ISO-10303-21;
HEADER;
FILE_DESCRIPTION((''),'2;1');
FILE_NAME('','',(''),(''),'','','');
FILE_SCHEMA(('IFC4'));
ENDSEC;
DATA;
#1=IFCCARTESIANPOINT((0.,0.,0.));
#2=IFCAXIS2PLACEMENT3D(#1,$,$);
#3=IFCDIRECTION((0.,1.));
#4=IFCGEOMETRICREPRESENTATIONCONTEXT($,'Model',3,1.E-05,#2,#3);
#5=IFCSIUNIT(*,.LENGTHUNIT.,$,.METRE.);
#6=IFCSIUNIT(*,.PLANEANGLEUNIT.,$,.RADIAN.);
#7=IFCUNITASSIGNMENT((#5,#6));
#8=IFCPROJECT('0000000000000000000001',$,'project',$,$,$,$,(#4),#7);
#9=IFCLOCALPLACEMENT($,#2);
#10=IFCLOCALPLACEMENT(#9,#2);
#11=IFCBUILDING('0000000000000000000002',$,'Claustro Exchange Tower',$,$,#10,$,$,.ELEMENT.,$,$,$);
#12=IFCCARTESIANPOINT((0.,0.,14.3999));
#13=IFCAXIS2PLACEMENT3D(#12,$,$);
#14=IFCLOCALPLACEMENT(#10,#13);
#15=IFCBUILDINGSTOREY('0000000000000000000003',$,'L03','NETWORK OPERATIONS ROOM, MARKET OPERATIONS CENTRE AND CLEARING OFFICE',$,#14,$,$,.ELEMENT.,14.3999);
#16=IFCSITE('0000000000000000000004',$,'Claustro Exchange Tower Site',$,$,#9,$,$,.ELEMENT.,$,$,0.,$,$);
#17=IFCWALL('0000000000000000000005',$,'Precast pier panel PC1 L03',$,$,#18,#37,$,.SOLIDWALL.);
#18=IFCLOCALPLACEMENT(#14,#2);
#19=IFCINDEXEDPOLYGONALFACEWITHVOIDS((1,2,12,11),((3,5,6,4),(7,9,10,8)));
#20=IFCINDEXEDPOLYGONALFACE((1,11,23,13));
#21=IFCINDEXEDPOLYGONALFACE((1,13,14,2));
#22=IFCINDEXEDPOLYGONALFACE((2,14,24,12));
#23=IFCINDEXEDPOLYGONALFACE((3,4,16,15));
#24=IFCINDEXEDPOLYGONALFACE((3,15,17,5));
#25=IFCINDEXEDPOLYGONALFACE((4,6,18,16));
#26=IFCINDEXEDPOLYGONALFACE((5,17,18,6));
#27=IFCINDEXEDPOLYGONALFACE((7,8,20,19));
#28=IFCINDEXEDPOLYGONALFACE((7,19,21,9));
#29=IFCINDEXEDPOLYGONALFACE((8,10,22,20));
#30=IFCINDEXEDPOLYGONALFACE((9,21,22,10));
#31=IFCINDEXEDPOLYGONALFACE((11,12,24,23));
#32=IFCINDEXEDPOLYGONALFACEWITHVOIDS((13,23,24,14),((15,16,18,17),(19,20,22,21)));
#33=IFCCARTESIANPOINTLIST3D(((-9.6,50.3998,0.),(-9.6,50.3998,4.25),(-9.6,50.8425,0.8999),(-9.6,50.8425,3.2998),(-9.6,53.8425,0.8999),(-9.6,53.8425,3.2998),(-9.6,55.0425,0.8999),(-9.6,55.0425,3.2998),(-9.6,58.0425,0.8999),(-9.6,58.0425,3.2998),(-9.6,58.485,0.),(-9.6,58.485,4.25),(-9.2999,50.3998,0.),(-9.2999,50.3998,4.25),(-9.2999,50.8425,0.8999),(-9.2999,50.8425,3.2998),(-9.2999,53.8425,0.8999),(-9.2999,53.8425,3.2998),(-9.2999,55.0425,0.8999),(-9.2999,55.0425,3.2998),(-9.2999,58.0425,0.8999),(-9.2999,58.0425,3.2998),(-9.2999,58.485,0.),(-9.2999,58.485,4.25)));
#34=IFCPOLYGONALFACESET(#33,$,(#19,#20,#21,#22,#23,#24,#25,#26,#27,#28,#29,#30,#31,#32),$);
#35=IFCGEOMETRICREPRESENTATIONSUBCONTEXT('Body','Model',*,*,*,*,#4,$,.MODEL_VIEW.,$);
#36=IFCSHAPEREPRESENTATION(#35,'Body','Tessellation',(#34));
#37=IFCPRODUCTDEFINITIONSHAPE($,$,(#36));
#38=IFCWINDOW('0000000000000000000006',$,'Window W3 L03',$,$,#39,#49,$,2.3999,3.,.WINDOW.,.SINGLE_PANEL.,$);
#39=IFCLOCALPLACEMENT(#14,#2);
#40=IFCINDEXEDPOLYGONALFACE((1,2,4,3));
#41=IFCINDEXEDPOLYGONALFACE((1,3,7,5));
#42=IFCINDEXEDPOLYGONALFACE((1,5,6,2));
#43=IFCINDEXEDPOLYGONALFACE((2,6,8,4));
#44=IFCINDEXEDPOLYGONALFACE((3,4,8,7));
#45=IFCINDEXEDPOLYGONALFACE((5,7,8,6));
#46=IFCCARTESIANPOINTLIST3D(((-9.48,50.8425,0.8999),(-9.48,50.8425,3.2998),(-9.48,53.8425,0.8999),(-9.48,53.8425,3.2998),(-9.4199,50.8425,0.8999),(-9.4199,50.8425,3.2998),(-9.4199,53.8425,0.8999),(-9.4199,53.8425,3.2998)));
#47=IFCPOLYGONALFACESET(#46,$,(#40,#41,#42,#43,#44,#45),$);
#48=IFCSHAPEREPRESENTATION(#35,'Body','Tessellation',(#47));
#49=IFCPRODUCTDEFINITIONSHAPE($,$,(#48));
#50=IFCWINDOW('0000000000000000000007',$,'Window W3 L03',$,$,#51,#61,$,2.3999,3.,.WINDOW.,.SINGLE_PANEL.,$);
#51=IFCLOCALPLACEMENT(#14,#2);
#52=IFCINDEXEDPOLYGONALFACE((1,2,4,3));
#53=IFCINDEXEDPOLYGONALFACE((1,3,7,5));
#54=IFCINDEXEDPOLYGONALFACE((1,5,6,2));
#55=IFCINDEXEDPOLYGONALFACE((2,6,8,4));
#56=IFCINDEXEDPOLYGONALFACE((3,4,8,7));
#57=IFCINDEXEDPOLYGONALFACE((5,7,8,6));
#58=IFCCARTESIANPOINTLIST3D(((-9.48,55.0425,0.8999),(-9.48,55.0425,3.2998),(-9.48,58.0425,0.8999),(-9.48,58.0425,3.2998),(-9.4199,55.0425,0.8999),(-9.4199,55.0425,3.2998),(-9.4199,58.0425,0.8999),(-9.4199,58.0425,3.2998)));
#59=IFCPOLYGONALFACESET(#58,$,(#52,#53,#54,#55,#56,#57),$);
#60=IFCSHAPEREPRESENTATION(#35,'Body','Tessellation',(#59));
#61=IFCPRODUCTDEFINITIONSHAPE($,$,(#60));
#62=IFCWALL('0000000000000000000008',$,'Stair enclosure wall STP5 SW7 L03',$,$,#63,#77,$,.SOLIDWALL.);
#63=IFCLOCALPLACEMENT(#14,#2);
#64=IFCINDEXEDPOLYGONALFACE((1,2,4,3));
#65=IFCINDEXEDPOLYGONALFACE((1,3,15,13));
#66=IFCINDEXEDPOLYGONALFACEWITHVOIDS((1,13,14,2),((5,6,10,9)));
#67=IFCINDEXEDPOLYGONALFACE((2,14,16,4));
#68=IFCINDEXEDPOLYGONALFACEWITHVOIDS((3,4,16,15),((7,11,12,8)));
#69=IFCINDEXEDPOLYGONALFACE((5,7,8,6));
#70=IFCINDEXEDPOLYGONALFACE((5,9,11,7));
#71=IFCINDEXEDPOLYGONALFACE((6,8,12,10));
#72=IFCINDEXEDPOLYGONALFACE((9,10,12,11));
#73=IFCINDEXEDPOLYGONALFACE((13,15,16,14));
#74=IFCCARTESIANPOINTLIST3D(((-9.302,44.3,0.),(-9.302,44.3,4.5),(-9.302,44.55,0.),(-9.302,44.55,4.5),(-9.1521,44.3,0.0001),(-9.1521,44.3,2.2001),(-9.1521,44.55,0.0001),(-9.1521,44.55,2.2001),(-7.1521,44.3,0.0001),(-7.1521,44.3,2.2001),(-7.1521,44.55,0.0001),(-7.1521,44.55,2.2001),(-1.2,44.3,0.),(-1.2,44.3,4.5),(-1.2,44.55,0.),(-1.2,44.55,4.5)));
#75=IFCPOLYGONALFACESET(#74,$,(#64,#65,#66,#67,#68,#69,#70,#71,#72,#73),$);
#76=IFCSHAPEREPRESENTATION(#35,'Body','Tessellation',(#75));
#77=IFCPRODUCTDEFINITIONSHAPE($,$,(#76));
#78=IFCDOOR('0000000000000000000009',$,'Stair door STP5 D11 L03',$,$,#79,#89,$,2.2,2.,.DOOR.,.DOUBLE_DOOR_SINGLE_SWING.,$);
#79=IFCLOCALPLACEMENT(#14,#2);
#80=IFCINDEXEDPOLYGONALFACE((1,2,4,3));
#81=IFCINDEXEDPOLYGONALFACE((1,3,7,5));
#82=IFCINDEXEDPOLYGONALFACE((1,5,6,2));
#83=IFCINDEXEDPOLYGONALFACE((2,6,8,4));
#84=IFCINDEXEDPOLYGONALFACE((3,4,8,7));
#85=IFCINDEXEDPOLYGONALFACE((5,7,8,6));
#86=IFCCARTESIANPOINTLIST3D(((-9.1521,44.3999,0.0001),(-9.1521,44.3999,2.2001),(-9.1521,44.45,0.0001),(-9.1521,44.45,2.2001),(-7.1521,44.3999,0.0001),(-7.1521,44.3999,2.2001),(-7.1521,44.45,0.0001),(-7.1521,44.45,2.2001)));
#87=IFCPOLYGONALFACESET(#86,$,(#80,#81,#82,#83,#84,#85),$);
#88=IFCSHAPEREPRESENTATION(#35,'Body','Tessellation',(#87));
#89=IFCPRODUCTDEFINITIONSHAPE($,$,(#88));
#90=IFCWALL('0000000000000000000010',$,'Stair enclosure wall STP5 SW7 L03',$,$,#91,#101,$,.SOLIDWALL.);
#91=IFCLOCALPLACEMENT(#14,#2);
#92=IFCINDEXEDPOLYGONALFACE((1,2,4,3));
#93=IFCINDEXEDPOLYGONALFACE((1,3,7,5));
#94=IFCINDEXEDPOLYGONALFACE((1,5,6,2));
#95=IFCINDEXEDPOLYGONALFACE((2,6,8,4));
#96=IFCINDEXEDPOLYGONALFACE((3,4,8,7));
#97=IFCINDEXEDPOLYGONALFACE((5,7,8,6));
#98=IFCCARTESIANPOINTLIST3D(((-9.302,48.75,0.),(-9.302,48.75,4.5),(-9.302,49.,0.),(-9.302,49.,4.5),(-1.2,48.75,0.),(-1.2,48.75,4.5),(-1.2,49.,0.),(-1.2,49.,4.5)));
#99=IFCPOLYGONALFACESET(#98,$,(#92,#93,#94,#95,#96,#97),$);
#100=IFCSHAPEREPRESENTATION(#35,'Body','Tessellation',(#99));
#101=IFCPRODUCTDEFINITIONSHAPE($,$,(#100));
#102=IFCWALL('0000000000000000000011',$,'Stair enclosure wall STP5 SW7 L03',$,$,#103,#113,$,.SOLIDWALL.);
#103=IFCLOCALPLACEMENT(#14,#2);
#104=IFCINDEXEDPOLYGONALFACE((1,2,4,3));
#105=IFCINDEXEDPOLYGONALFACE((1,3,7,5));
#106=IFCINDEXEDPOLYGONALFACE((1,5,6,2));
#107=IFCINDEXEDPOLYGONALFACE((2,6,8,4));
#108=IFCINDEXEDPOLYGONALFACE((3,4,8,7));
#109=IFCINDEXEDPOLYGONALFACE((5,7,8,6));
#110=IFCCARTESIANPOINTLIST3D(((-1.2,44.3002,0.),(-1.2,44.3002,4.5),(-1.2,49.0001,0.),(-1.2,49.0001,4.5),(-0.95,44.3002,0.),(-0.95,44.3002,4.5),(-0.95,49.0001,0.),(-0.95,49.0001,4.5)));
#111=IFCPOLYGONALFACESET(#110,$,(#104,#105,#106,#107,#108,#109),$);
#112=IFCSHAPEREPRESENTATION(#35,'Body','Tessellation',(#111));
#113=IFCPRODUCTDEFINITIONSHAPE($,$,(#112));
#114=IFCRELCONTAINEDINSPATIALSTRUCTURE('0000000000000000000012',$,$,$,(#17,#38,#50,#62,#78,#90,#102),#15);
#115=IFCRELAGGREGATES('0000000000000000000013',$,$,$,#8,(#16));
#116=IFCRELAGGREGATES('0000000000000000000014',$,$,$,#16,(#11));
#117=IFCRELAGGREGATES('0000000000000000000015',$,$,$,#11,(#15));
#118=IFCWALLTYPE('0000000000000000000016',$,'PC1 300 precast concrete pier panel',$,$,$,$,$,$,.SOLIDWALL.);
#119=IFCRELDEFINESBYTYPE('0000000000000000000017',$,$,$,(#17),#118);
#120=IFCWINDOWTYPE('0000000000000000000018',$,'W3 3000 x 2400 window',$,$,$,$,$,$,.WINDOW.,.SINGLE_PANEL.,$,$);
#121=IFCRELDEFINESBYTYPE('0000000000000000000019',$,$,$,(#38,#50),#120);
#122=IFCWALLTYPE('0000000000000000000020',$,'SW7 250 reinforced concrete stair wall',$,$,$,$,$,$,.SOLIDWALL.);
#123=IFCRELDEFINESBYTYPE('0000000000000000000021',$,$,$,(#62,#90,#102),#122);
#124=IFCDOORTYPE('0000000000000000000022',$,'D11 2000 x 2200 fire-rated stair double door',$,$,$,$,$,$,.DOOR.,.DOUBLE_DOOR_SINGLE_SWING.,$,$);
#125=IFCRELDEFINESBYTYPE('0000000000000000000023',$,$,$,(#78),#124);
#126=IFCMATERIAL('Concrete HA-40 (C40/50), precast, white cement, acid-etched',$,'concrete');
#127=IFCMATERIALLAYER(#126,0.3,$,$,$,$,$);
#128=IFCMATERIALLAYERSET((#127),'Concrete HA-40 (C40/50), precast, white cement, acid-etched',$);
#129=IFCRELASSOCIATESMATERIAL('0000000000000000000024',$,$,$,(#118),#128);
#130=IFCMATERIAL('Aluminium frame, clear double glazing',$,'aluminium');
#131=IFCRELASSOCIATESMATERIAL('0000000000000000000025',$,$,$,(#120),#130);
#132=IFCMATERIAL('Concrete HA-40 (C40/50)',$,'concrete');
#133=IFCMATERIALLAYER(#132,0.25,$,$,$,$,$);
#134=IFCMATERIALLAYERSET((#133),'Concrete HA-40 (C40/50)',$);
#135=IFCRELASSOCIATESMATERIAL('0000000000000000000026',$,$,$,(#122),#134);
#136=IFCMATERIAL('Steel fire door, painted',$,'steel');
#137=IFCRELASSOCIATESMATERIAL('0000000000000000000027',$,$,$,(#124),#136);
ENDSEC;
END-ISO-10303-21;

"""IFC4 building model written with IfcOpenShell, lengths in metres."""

from ifc_helpers import new_model, si_unit, direction, frame, frame_2d, origin, place, context, subcontext, project, spatial, rectangle, extrude, material, layer, layer_set, type_object, element, fill, save


model = new_model("IFC4")

# Units and contexts
model_context = context("Model", 3, precision=1e-05, world=origin(), true_north=direction((0.0, 1.0)))
body_context = subcontext(model_context, "Body", "Model", "MODEL_VIEW")
ifc_project = project(units=[si_unit("LENGTHUNIT", "METRE"), si_unit("PLANEANGLEUNIT", "RADIAN")], contexts=[model_context])

# Site, building, storey
site_placement = place(None, origin())
site = spatial("IfcSite", under=ifc_project, at=site_placement, Name="Claustro Exchange Tower Site", CompositionType="ELEMENT", RefElevation=0.0)
building_placement = place(site_placement, origin())
building = spatial("IfcBuilding", under=site, at=building_placement, Name="Claustro Exchange Tower", CompositionType="ELEMENT")
storey_placement = place(building_placement, frame((0.0, 0.0, 14.3999)))
storey = spatial("IfcBuildingStorey", under=building, at=storey_placement, Name="L03", Description="NETWORK OPERATIONS ROOM, MARKET OPERATIONS CENTRE AND CLEARING OFFICE", CompositionType="ELEMENT", Elevation=14.3999)

# Shared definitions
ifc_material_1 = material(Name="Concrete HA-40 (C40/50), precast, white cement, acid-etched", Category="concrete")
ifc_layer_1 = layer(ifc_material_1, 0.3)
ifc_layer_set_1 = layer_set([ifc_layer_1], Name="Concrete HA-40 (C40/50), precast, white cement, acid-etched")
wall_type_1 = type_object("IfcWallType", Name="PC1 300 precast concrete pier panel", PredefinedType="SOLIDWALL", material=ifc_layer_set_1)

# Wall, openings, windows
wall_1_placement = place(storey_placement, frame((-9.45, 50.3999, 0.0), z_axis=(0.0, 0.0, 1.0), x_axis=(0.0, 1.0, 0.0)))
wall_1 = element("IfcWall", 1, at=wall_1_placement, inside=storey, type_object=wall_type_1, Name="Precast pier panel PC1 L03", PredefinedType="SOLIDWALL", context=body_context, shape_type="SweptSolid", body=[
    extrude(rectangle(XDim=8.0852, YDim=0.3, at=frame_2d((4.0425, 0.0))), origin(), (0.0, 0.0, 1.0), 4.25),
])
opening_1_placement = place(wall_1_placement, frame((0.4426, 0.0, 0.8999)))
opening_1 = element("IfcOpeningElement", 2, at=opening_1_placement, cuts=wall_1, PredefinedType="OPENING", context=body_context, shape_type="SweptSolid", body=[
    extrude(rectangle(XDim=3.0, YDim=2.3999, at=frame_2d((1.5, 1.2))), frame((0.0, 0.1599, 0.0), z_axis=(0.0, -1.0, 0.0), x_axis=(1.0, 0.0, 0.0)), (0.0, 0.0, 1.0), 0.3201),
])
opening_2_placement = place(wall_1_placement, frame((4.6426, 0.0, 0.8999)))
opening_2 = element("IfcOpeningElement", 3, at=opening_2_placement, cuts=wall_1, PredefinedType="OPENING", context=body_context, shape_type="SweptSolid", body=[
    extrude(rectangle(XDim=3.0, YDim=2.3999, at=frame_2d((1.5, 1.2))), frame((0.0, 0.1599, 0.0), z_axis=(0.0, -1.0, 0.0), x_axis=(1.0, 0.0, 0.0)), (0.0, 0.0, 1.0), 0.3201),
])
ifc_material_2 = material(Name="Aluminium frame, clear double glazing", Category="aluminium")
window_type_1 = type_object("IfcWindowType", Name="W3 3000 x 2400 window", PartitioningType="SINGLE_PANEL", PredefinedType="WINDOW", material=ifc_material_2)
window_1_placement = place(opening_1_placement, origin())
window_1 = element("IfcWindow", 4, at=window_1_placement, inside=storey, type_object=window_type_1, Name="Window W3 L03", OverallHeight=2.3999, OverallWidth=3.0, PartitioningType="SINGLE_PANEL", PredefinedType="WINDOW", context=body_context, shape_type="SweptSolid", body=[
    extrude(rectangle(XDim=3.0, YDim=2.3999, at=frame_2d((1.5, 1.2))), frame((0.0, 0.03, 0.0), z_axis=(0.0, -1.0, 0.0), x_axis=(1.0, 0.0, 0.0)), (0.0, 0.0, 1.0), 0.0601),
])
fill(opening_1, window_1)
window_2_placement = place(opening_2_placement, origin())
window_2 = element("IfcWindow", 5, at=window_2_placement, inside=storey, type_object=window_type_1, Name="Window W3 L03", OverallHeight=2.3999, OverallWidth=3.0, PartitioningType="SINGLE_PANEL", PredefinedType="WINDOW", context=body_context, shape_type="SweptSolid", body=[
    extrude(rectangle(XDim=3.0, YDim=2.3999, at=frame_2d((1.5, 1.2))), frame((0.0, 0.03, 0.0), z_axis=(0.0, -1.0, 0.0), x_axis=(1.0, 0.0, 0.0)), (0.0, 0.0, 1.0), 0.0601),
])
fill(opening_2, window_2)

# Wall, opening, door
ifc_material_3 = material(Name="Concrete HA-40 (C40/50)", Category="concrete")
ifc_layer_2 = layer(ifc_material_3, 0.25)
ifc_layer_set_2 = layer_set([ifc_layer_2], Name="Concrete HA-40 (C40/50)")
wall_type_2 = type_object("IfcWallType", Name="SW7 250 reinforced concrete stair wall", PredefinedType="SOLIDWALL", material=ifc_layer_set_2)
wall_2_placement = place(storey_placement, frame((-9.302, 44.425, 0.0), z_axis=(0.0, 0.0, 1.0), x_axis=(1.0, 0.0, 0.0)))
wall_2 = element("IfcWall", 6, at=wall_2_placement, inside=storey, type_object=wall_type_2, Name="Stair enclosure wall STP5 SW7 L03", PredefinedType="SOLIDWALL", context=body_context, shape_type="SweptSolid", body=[
    extrude(rectangle(XDim=8.1021, YDim=0.25, at=frame_2d((4.051, 0.0))), origin(), (0.0, 0.0, 1.0), 4.5),
])
opening_3_placement = place(wall_2_placement, frame((0.1499, 0.0, 0.0)))
opening_3 = element("IfcOpeningElement", 7, at=opening_3_placement, cuts=wall_2, PredefinedType="OPENING", context=body_context, shape_type="SweptSolid", body=[
    extrude(rectangle(XDim=2.0, YDim=2.2, at=frame_2d((1.0, 1.1001))), frame((0.0, 0.135, 0.0), z_axis=(0.0, -1.0, 0.0), x_axis=(1.0, 0.0, 0.0)), (0.0, 0.0, 1.0), 0.27),
])
ifc_material_4 = material(Name="Steel fire door, painted", Category="steel")
door_type_1 = type_object("IfcDoorType", Name="D11 2000 x 2200 fire-rated stair double door", OperationType="DOUBLE_DOOR_SINGLE_SWING", PredefinedType="DOOR", material=ifc_material_4)
door_1_placement = place(opening_3_placement, origin())
door_1 = element("IfcDoor", 8, at=door_1_placement, inside=storey, type_object=door_type_1, Name="Stair door STP5 D11 L03", OperationType="DOUBLE_DOOR_SINGLE_SWING", OverallHeight=2.2, OverallWidth=2.0, PredefinedType="DOOR", context=body_context, shape_type="SweptSolid", body=[
    extrude(rectangle(XDim=2.0, YDim=2.2, at=frame_2d((1.0, 1.1001))), frame((0.0, 0.0249, 0.0), z_axis=(0.0, -1.0, 0.0), x_axis=(1.0, 0.0, 0.0)), (0.0, 0.0, 1.0), 0.05),
])
fill(opening_3, door_1)

# Walls
wall_3_placement = place(storey_placement, frame((-9.302, 48.875, 0.0), z_axis=(0.0, 0.0, 1.0), x_axis=(1.0, 0.0, 0.0)))
element("IfcWall", 9, at=wall_3_placement, inside=storey, type_object=wall_type_2, Name="Stair enclosure wall STP5 SW7 L03", PredefinedType="SOLIDWALL", context=body_context, shape_type="SweptSolid", body=[
    extrude(rectangle(XDim=8.1021, YDim=0.25, at=frame_2d((4.051, 0.0))), origin(), (0.0, 0.0, 1.0), 4.5),
])
wall_4_placement = place(storey_placement, frame((-1.075, 44.3, 0.0), z_axis=(0.0, 0.0, 1.0), x_axis=(0.0, 1.0, 0.0)))
element("IfcWall", 10, at=wall_4_placement, inside=storey, type_object=wall_type_2, Name="Stair enclosure wall STP5 SW7 L03", PredefinedType="SOLIDWALL", context=body_context, shape_type="SweptSolid", body=[
    extrude(rectangle(XDim=4.7, YDim=0.25, at=frame_2d((2.3501, 0.0))), origin(), (0.0, 0.0, 1.0), 4.5),
])

save(model, "model.ifc")
